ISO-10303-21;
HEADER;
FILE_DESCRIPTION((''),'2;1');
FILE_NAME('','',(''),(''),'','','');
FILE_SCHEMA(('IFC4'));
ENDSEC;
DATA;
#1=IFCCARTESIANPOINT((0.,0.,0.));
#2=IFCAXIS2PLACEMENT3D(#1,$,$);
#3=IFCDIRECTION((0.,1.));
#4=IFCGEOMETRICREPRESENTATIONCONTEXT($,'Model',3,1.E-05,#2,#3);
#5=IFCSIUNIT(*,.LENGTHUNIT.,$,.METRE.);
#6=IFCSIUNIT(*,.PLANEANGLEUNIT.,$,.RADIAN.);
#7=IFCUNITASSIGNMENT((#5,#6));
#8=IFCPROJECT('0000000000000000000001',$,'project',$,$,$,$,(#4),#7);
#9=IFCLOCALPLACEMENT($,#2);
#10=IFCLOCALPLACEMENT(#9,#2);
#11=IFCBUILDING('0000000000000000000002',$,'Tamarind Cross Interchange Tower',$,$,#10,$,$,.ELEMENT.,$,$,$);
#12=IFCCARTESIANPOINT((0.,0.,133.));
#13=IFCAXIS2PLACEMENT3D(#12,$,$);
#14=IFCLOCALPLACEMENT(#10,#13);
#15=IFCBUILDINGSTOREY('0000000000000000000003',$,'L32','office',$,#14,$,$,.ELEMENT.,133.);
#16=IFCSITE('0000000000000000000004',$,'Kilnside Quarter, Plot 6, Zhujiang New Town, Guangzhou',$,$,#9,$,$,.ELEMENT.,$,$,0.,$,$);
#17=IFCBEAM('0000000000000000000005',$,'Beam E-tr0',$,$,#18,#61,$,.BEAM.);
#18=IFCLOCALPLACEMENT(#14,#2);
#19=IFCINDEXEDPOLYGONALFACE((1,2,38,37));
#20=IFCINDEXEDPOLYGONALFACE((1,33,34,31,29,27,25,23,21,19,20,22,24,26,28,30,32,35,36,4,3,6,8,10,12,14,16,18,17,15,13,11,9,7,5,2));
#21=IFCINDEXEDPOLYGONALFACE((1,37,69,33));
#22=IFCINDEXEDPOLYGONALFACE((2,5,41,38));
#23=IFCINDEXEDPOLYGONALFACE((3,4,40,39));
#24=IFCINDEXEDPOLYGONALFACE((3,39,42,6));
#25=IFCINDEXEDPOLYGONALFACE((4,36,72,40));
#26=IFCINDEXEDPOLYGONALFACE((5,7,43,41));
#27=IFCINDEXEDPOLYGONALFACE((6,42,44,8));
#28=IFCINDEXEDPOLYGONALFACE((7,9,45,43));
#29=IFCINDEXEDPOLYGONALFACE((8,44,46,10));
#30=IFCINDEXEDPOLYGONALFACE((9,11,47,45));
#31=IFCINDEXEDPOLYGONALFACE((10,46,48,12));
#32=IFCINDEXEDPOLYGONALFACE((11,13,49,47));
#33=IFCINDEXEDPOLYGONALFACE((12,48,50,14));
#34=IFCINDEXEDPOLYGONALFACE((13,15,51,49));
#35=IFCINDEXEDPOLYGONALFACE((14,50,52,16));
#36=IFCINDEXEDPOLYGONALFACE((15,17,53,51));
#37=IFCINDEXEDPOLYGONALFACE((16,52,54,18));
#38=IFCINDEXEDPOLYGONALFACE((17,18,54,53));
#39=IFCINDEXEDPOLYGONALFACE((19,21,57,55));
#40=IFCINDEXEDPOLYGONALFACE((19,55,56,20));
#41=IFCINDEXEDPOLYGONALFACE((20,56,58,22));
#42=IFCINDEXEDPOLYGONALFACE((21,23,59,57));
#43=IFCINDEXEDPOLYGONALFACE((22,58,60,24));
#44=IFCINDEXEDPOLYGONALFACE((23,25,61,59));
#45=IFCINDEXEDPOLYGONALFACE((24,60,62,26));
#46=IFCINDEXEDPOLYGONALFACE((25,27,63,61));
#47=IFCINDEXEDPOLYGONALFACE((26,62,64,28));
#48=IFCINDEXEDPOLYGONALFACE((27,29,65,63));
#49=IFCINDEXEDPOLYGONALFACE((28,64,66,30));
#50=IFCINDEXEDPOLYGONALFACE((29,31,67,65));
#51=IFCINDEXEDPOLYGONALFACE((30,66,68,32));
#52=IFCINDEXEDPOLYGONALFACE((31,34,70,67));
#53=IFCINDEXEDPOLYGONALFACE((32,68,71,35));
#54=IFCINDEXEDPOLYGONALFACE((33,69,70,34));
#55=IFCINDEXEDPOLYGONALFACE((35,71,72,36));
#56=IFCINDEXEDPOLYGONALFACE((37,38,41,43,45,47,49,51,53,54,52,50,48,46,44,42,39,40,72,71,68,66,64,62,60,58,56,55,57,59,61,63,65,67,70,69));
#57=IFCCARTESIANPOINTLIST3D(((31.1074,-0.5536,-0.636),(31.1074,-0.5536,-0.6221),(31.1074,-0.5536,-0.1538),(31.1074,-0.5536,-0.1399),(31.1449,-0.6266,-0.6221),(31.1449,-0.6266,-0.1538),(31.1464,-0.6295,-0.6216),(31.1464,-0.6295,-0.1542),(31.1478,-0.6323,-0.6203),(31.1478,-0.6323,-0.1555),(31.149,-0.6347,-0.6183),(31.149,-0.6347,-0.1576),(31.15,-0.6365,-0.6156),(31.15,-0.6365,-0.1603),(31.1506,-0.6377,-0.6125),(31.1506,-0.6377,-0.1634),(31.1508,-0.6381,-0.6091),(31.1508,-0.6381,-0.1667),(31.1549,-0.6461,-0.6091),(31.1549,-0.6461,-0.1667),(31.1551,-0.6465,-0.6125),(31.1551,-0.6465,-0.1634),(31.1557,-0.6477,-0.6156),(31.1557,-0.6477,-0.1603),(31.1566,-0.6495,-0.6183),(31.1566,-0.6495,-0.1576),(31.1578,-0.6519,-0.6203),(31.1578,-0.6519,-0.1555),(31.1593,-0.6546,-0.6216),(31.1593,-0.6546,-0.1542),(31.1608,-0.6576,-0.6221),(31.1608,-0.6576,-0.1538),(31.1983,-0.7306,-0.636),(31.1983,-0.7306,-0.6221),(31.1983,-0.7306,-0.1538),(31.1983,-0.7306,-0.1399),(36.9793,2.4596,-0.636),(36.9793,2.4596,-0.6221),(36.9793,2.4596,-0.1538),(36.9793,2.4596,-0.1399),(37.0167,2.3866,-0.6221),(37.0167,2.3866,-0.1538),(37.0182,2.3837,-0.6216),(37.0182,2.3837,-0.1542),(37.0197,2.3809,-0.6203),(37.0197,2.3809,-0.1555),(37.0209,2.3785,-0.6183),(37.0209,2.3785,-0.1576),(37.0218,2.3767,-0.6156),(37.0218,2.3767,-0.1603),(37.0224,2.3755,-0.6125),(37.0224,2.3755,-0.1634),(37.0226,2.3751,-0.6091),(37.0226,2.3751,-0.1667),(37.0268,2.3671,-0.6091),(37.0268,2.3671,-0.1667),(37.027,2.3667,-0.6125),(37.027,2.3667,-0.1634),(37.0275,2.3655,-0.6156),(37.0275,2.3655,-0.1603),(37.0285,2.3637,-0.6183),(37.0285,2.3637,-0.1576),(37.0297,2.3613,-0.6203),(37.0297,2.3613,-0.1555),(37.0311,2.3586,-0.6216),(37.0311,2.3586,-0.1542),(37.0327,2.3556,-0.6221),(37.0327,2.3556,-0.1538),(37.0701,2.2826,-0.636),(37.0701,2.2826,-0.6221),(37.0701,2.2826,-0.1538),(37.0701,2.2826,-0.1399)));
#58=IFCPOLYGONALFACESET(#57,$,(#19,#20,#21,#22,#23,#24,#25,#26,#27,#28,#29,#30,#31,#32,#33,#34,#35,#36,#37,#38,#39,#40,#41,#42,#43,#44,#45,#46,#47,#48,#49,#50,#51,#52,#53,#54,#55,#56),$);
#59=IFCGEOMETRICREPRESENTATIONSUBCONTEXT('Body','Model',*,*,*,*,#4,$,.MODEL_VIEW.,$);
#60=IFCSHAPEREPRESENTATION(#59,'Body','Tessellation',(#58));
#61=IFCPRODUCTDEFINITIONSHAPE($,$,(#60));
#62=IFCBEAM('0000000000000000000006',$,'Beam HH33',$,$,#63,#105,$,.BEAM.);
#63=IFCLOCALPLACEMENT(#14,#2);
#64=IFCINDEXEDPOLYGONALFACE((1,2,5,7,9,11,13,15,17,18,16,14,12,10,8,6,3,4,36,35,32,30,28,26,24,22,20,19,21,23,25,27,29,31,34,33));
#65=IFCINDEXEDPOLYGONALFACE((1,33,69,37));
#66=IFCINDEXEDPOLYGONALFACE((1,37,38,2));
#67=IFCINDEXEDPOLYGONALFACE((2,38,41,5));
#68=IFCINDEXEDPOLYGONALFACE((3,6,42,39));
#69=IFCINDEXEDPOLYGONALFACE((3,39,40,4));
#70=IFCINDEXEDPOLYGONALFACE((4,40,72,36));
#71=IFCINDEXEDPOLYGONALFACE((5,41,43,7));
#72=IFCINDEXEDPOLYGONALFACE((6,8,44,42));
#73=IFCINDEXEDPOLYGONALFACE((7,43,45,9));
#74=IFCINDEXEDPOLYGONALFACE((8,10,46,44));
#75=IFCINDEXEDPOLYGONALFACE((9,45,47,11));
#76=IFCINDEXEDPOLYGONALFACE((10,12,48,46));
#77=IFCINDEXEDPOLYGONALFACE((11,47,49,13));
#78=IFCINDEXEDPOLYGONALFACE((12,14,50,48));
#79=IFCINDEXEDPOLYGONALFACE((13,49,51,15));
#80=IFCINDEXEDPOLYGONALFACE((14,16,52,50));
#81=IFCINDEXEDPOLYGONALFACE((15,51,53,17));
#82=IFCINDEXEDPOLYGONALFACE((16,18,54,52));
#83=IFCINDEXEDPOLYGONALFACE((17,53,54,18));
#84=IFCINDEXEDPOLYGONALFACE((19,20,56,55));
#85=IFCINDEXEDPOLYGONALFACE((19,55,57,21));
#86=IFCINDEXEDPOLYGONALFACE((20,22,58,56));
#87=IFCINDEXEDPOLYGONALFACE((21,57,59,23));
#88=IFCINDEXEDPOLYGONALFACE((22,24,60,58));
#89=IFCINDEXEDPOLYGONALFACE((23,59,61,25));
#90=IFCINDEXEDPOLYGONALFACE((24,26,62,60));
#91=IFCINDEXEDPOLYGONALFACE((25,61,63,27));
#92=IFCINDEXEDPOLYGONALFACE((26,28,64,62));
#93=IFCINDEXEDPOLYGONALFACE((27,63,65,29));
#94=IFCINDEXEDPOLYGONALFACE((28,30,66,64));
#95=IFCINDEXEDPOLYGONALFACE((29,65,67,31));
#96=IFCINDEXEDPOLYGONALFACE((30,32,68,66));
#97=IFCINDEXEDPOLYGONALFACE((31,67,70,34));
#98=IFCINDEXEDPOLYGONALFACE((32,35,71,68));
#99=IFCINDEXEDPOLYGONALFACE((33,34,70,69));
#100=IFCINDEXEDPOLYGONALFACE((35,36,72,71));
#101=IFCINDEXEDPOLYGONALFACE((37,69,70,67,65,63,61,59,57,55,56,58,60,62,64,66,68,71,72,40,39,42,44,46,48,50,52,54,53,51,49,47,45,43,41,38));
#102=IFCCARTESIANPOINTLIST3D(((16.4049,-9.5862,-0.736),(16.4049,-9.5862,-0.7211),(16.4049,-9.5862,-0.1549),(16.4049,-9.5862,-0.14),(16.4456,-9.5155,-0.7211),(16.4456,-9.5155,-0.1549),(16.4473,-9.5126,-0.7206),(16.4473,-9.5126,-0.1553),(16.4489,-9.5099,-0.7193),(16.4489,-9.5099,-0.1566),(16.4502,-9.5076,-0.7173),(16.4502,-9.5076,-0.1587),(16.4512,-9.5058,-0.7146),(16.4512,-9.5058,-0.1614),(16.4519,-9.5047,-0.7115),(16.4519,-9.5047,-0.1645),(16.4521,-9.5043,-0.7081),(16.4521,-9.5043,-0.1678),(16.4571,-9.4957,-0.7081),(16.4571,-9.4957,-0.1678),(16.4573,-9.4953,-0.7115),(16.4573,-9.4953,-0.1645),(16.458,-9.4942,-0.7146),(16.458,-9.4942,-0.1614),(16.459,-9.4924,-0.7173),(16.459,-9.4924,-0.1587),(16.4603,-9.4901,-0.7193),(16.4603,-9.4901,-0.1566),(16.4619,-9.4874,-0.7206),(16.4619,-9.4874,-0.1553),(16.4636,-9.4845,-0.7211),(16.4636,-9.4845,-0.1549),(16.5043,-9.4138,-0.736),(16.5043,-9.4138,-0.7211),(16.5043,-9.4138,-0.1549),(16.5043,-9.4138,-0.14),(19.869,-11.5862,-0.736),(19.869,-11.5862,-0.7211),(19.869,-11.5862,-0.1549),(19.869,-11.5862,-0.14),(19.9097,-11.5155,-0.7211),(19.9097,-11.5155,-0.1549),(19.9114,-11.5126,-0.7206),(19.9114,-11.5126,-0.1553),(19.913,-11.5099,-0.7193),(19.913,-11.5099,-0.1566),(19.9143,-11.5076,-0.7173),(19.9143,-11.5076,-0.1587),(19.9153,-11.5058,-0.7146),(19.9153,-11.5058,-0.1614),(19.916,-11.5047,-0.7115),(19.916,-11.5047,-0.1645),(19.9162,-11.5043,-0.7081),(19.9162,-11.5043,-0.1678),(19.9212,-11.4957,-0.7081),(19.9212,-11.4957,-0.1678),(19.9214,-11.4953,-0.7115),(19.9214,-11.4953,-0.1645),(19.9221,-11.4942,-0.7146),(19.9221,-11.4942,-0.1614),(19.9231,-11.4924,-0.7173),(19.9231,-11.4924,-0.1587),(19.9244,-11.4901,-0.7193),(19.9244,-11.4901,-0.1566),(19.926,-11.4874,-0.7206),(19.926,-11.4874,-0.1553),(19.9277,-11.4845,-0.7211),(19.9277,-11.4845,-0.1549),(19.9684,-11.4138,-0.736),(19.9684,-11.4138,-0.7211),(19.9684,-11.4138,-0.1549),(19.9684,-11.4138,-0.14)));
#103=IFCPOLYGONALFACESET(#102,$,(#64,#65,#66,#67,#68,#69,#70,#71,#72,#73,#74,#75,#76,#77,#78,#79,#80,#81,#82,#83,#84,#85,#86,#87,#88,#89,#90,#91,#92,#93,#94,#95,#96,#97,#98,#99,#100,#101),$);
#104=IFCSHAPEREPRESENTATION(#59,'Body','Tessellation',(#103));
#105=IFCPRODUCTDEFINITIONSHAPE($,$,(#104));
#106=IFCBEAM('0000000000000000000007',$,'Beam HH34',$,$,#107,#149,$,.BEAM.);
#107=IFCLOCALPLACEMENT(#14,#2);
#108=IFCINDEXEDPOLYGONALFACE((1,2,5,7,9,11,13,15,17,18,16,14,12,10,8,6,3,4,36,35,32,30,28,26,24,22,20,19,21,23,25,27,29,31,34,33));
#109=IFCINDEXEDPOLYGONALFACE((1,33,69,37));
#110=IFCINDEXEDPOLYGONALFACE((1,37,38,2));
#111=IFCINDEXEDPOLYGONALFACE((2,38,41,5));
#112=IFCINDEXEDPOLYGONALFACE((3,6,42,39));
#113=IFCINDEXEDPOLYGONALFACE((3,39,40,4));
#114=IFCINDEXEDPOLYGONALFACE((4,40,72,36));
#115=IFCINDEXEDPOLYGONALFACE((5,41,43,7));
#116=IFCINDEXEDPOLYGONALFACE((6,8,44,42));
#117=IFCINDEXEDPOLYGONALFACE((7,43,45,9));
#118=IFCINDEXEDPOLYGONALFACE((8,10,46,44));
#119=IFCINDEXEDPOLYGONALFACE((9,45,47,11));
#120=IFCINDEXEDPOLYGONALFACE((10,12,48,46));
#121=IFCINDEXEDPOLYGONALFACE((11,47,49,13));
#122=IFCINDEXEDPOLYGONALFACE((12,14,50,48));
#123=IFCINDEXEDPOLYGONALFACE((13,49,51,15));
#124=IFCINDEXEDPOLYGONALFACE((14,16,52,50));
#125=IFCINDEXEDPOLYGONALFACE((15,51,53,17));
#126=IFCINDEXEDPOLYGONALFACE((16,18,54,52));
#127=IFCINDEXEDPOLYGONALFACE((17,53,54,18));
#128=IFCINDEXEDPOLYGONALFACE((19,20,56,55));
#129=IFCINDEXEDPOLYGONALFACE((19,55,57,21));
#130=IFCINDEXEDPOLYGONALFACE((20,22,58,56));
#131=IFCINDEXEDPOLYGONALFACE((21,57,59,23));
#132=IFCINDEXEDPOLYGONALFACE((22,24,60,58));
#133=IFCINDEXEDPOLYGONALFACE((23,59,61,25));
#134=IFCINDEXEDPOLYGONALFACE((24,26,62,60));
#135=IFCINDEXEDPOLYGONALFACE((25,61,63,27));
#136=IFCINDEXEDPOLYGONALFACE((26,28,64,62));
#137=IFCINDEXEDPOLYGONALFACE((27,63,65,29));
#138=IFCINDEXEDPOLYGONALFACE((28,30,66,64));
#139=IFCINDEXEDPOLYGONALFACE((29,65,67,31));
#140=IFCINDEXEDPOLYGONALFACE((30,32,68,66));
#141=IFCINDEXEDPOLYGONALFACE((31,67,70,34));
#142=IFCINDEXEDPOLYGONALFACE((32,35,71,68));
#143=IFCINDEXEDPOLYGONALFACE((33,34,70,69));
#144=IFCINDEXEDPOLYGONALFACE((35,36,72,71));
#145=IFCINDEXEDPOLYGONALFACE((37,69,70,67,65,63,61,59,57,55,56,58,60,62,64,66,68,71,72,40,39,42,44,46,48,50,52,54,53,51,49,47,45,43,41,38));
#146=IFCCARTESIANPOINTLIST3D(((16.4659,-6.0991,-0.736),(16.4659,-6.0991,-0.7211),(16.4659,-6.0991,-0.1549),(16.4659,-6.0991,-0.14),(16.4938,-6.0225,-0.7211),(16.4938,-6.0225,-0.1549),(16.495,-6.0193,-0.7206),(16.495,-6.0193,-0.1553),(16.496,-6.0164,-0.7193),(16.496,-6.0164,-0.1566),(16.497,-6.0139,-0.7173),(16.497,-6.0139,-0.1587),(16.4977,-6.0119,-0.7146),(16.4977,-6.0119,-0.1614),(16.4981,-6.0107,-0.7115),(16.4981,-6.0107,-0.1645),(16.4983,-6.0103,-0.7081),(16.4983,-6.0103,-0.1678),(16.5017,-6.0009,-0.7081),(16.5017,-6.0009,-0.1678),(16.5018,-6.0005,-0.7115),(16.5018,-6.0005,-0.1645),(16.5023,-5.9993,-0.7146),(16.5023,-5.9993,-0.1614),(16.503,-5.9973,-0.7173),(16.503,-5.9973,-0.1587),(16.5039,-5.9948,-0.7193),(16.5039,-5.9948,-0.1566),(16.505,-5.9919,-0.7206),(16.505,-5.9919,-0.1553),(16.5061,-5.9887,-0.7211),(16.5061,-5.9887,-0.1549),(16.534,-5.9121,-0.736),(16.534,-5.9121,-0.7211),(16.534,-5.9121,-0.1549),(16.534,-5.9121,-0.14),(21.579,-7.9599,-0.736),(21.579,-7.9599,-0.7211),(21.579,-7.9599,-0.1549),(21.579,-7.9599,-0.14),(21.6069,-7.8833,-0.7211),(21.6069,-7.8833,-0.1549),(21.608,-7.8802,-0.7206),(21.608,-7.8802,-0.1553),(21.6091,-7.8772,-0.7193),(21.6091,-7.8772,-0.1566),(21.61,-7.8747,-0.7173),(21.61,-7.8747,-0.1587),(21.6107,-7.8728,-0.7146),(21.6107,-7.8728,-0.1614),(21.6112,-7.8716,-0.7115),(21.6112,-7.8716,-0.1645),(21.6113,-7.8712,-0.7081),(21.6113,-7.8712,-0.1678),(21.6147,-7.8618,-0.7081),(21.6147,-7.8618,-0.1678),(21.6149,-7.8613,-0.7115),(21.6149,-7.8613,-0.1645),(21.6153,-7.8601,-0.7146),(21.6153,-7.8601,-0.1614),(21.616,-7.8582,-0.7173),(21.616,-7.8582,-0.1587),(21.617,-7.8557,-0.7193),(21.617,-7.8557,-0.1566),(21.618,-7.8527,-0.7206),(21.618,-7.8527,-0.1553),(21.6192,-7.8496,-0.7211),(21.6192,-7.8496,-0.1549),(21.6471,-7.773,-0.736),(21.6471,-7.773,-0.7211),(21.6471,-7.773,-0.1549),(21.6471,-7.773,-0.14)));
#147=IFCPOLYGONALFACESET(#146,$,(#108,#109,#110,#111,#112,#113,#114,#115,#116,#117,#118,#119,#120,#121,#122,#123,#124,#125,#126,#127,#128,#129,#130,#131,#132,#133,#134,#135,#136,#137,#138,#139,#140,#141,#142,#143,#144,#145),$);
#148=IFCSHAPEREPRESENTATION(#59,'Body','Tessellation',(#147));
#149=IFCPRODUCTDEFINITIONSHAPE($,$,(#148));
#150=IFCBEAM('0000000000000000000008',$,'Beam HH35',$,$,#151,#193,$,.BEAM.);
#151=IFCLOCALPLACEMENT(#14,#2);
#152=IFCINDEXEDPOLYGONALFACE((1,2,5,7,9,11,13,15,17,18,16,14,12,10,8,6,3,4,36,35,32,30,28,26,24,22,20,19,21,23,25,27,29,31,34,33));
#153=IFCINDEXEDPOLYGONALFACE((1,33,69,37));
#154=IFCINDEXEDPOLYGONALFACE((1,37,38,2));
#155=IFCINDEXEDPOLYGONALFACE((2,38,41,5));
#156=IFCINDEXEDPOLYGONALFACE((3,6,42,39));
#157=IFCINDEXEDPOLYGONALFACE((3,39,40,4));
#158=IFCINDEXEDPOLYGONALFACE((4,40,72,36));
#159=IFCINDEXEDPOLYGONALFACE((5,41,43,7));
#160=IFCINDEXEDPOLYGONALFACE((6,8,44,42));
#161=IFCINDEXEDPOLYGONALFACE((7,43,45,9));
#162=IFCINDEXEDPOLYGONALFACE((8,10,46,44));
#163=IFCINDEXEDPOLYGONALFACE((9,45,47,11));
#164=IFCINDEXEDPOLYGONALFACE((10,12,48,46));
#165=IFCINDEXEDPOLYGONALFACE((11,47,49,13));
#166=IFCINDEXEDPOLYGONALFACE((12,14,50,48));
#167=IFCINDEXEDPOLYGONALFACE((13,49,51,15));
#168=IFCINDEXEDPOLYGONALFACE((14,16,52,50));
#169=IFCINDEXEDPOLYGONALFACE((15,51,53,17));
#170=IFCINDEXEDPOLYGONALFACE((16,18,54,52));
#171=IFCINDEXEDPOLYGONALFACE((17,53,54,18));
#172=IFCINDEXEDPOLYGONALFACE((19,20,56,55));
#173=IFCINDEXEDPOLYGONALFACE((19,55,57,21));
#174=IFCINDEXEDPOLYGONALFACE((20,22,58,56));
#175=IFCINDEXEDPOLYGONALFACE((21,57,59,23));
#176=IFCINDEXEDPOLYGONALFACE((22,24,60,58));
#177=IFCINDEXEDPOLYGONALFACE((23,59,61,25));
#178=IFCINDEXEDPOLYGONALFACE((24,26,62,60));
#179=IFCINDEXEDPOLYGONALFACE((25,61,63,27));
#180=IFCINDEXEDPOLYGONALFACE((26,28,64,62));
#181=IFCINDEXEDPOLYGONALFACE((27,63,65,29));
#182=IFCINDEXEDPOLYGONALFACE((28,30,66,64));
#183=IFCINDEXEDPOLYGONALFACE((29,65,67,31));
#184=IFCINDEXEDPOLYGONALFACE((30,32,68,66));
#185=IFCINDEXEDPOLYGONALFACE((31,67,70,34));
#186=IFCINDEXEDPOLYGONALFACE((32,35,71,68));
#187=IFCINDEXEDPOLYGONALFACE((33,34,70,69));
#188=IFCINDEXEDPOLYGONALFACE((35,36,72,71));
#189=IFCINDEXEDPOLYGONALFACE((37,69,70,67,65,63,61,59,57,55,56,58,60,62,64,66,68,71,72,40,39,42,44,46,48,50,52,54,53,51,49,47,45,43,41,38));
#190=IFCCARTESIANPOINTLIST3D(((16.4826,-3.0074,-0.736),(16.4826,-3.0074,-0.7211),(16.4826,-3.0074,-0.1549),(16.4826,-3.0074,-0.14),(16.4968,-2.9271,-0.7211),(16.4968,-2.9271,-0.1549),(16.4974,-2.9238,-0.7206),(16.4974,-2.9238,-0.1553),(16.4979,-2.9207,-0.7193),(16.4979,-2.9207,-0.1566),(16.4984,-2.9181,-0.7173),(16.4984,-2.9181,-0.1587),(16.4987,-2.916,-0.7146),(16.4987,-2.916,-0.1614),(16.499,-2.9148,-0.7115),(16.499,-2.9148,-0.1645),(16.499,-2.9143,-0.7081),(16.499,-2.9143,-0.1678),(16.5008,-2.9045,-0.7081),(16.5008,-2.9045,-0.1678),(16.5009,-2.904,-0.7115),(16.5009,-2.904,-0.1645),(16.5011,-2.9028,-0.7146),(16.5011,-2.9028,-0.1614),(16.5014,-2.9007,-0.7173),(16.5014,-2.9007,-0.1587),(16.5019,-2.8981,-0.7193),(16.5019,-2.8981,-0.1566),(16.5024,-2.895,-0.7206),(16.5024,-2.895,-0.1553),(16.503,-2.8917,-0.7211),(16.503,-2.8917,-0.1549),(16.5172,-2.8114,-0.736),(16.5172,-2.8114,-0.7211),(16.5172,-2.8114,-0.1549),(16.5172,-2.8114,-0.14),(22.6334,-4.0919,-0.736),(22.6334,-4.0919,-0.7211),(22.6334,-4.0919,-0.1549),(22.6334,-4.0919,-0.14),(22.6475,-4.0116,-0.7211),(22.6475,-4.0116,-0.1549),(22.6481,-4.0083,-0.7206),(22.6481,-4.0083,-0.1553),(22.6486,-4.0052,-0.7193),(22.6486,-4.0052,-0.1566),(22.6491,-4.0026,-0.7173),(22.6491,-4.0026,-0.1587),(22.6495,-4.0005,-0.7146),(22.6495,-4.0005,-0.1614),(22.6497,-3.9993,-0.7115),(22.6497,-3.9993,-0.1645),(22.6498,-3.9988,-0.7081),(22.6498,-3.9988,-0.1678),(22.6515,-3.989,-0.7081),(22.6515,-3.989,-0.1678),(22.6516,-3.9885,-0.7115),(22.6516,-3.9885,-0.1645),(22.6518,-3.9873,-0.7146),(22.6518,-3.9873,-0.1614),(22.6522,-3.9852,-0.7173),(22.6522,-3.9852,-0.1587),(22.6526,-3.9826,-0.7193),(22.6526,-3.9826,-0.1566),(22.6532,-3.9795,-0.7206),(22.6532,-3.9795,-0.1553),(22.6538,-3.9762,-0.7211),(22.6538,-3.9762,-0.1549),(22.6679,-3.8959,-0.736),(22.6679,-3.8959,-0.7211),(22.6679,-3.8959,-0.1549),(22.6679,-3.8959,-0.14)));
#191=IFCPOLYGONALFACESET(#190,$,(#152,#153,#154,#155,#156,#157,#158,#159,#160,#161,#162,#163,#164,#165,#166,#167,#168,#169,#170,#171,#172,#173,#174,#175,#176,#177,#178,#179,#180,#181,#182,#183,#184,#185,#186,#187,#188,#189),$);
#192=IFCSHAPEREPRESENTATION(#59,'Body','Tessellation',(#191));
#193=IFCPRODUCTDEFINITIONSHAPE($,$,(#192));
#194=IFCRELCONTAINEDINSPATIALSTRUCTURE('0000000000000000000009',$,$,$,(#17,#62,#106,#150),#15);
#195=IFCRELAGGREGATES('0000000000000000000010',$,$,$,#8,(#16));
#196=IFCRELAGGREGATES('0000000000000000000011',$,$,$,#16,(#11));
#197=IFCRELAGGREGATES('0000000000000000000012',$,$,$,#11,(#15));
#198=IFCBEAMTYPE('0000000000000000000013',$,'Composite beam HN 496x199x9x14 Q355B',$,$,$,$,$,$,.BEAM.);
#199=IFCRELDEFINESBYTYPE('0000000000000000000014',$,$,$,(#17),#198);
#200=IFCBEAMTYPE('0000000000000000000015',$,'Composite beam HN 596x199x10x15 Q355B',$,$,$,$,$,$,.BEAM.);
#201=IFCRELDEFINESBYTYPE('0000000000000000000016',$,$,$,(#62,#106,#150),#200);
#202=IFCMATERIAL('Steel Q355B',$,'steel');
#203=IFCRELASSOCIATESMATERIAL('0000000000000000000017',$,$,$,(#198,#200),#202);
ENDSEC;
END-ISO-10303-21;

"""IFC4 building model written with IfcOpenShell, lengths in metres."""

from ifc_helpers import new_model, si_unit, direction, frame, origin, origin_2d, place, context, subcontext, project, spatial, i_section, extrude, material, material_profile, profile_set, type_object, element, save


model = new_model("IFC4")

# Units and contexts
model_context = context("Model", 3, precision=1e-05, world=origin(), true_north=direction((0.0, 1.0)))
body_context = subcontext(model_context, "Body", "Model", "MODEL_VIEW")
ifc_project = project(units=[si_unit("LENGTHUNIT", "METRE"), si_unit("PLANEANGLEUNIT", "RADIAN")], contexts=[model_context])

# Site, building, storey
site_placement = place(None, origin())
site = spatial("IfcSite", under=ifc_project, at=site_placement, Name="Kilnside Quarter, Plot 6, Zhujiang New Town, Guangzhou", CompositionType="ELEMENT", RefElevation=0.0)
building_placement = place(site_placement, origin())
building = spatial("IfcBuilding", under=site, at=building_placement, Name="Tamarind Cross Interchange Tower", CompositionType="ELEMENT")
storey_placement = place(building_placement, frame((0.0, 0.0, 133.0)))
storey = spatial("IfcBuildingStorey", under=building, at=storey_placement, Name="L32", Description="office", CompositionType="ELEMENT", Elevation=133.0)

# Beams
ifc_material_1 = material(Name="Steel Q355B", Category="steel")
ifc_material_profile_1 = material_profile(ifc_material_1, i_section(OverallWidth=0.199, OverallDepth=0.4961, WebThickness=0.009, FlangeThickness=0.0139, FilletRadius=0.0129, at=origin_2d()), Name="HN 496x199x9x14")
ifc_profile_set_1 = profile_set([ifc_material_profile_1], Name="Steel Q355B")
beam_type_1 = type_object("IfcBeamType", Name="Composite beam HN 496x199x9x14 Q355B", PredefinedType="BEAM", material=ifc_profile_set_1)
beam_1_placement = place(storey_placement, frame((31.1528, -0.6421, -0.3879), z_axis=(0.889695, 0.456555, 0.0), x_axis=(-0.456555, 0.889695, 0.0)))
element("IfcBeam", 1, at=beam_1_placement, inside=storey, type_object=beam_type_1, Name="Beam E-tr0", PredefinedType="BEAM", context=body_context, shape_type="SweptSolid", body=[
    extrude(i_section(OverallWidth=0.199, OverallDepth=0.4961, WebThickness=0.009, FlangeThickness=0.0139, FilletRadius=0.0129, at=origin_2d()), origin(), (0.0, 0.0, 1.0), 6.5999),
])
ifc_material_profile_2 = material_profile(ifc_material_1, i_section(OverallWidth=0.199, OverallDepth=0.5959, WebThickness=0.01, FlangeThickness=0.0149, FilletRadius=0.0129, at=origin_2d()), Name="HN 596x199x10x15")
ifc_profile_set_2 = profile_set([ifc_material_profile_2], Name="Steel Q355B")
beam_type_2 = type_object("IfcBeamType", Name="Composite beam HN 596x199x10x15 Q355B", PredefinedType="BEAM", material=ifc_profile_set_2)
beam_2_placement = place(storey_placement, frame((19.9187, -11.5, -0.438), z_axis=(-0.866026, 0.499999, 0.0), x_axis=(-0.499999, -0.866026, 0.0)))
element("IfcBeam", 2, at=beam_2_placement, inside=storey, type_object=beam_type_2, Name="Beam HH33", PredefinedType="BEAM", context=body_context, shape_type="SweptSolid", body=[
    extrude(i_section(OverallWidth=0.199, OverallDepth=0.5959, WebThickness=0.01, FlangeThickness=0.0149, FilletRadius=0.0129, at=origin_2d()), origin(), (0.0, 0.0, 1.0), 4.0),
])
beam_3_placement = place(storey_placement, frame((21.613, -7.8665, -0.438), z_axis=(-0.939702, 0.341995, 0.0), x_axis=(-0.341995, -0.939702, 0.0)))
element("IfcBeam", 3, at=beam_3_placement, inside=storey, type_object=beam_type_2, Name="Beam HH34", PredefinedType="BEAM", context=body_context, shape_type="SweptSolid", body=[
    extrude(i_section(OverallWidth=0.199, OverallDepth=0.5959, WebThickness=0.01, FlangeThickness=0.0149, FilletRadius=0.0129, at=origin_2d()), origin(), (0.0, 0.0, 1.0), 5.4412),
])
beam_4_placement = place(storey_placement, frame((22.6506, -3.9939, -0.438), z_axis=(-0.984809, 0.17364, 0.0), x_axis=(-0.17364, -0.984809, 0.0)))
element("IfcBeam", 4, at=beam_4_placement, inside=storey, type_object=beam_type_2, Name="Beam HH35", PredefinedType="BEAM", context=body_context, shape_type="SweptSolid", body=[
    extrude(i_section(OverallWidth=0.199, OverallDepth=0.5959, WebThickness=0.01, FlangeThickness=0.0149, FilletRadius=0.0129, at=origin_2d()), origin(), (0.0, 0.0, 1.0), 6.2456),
])

save(model, "model.ifc")
